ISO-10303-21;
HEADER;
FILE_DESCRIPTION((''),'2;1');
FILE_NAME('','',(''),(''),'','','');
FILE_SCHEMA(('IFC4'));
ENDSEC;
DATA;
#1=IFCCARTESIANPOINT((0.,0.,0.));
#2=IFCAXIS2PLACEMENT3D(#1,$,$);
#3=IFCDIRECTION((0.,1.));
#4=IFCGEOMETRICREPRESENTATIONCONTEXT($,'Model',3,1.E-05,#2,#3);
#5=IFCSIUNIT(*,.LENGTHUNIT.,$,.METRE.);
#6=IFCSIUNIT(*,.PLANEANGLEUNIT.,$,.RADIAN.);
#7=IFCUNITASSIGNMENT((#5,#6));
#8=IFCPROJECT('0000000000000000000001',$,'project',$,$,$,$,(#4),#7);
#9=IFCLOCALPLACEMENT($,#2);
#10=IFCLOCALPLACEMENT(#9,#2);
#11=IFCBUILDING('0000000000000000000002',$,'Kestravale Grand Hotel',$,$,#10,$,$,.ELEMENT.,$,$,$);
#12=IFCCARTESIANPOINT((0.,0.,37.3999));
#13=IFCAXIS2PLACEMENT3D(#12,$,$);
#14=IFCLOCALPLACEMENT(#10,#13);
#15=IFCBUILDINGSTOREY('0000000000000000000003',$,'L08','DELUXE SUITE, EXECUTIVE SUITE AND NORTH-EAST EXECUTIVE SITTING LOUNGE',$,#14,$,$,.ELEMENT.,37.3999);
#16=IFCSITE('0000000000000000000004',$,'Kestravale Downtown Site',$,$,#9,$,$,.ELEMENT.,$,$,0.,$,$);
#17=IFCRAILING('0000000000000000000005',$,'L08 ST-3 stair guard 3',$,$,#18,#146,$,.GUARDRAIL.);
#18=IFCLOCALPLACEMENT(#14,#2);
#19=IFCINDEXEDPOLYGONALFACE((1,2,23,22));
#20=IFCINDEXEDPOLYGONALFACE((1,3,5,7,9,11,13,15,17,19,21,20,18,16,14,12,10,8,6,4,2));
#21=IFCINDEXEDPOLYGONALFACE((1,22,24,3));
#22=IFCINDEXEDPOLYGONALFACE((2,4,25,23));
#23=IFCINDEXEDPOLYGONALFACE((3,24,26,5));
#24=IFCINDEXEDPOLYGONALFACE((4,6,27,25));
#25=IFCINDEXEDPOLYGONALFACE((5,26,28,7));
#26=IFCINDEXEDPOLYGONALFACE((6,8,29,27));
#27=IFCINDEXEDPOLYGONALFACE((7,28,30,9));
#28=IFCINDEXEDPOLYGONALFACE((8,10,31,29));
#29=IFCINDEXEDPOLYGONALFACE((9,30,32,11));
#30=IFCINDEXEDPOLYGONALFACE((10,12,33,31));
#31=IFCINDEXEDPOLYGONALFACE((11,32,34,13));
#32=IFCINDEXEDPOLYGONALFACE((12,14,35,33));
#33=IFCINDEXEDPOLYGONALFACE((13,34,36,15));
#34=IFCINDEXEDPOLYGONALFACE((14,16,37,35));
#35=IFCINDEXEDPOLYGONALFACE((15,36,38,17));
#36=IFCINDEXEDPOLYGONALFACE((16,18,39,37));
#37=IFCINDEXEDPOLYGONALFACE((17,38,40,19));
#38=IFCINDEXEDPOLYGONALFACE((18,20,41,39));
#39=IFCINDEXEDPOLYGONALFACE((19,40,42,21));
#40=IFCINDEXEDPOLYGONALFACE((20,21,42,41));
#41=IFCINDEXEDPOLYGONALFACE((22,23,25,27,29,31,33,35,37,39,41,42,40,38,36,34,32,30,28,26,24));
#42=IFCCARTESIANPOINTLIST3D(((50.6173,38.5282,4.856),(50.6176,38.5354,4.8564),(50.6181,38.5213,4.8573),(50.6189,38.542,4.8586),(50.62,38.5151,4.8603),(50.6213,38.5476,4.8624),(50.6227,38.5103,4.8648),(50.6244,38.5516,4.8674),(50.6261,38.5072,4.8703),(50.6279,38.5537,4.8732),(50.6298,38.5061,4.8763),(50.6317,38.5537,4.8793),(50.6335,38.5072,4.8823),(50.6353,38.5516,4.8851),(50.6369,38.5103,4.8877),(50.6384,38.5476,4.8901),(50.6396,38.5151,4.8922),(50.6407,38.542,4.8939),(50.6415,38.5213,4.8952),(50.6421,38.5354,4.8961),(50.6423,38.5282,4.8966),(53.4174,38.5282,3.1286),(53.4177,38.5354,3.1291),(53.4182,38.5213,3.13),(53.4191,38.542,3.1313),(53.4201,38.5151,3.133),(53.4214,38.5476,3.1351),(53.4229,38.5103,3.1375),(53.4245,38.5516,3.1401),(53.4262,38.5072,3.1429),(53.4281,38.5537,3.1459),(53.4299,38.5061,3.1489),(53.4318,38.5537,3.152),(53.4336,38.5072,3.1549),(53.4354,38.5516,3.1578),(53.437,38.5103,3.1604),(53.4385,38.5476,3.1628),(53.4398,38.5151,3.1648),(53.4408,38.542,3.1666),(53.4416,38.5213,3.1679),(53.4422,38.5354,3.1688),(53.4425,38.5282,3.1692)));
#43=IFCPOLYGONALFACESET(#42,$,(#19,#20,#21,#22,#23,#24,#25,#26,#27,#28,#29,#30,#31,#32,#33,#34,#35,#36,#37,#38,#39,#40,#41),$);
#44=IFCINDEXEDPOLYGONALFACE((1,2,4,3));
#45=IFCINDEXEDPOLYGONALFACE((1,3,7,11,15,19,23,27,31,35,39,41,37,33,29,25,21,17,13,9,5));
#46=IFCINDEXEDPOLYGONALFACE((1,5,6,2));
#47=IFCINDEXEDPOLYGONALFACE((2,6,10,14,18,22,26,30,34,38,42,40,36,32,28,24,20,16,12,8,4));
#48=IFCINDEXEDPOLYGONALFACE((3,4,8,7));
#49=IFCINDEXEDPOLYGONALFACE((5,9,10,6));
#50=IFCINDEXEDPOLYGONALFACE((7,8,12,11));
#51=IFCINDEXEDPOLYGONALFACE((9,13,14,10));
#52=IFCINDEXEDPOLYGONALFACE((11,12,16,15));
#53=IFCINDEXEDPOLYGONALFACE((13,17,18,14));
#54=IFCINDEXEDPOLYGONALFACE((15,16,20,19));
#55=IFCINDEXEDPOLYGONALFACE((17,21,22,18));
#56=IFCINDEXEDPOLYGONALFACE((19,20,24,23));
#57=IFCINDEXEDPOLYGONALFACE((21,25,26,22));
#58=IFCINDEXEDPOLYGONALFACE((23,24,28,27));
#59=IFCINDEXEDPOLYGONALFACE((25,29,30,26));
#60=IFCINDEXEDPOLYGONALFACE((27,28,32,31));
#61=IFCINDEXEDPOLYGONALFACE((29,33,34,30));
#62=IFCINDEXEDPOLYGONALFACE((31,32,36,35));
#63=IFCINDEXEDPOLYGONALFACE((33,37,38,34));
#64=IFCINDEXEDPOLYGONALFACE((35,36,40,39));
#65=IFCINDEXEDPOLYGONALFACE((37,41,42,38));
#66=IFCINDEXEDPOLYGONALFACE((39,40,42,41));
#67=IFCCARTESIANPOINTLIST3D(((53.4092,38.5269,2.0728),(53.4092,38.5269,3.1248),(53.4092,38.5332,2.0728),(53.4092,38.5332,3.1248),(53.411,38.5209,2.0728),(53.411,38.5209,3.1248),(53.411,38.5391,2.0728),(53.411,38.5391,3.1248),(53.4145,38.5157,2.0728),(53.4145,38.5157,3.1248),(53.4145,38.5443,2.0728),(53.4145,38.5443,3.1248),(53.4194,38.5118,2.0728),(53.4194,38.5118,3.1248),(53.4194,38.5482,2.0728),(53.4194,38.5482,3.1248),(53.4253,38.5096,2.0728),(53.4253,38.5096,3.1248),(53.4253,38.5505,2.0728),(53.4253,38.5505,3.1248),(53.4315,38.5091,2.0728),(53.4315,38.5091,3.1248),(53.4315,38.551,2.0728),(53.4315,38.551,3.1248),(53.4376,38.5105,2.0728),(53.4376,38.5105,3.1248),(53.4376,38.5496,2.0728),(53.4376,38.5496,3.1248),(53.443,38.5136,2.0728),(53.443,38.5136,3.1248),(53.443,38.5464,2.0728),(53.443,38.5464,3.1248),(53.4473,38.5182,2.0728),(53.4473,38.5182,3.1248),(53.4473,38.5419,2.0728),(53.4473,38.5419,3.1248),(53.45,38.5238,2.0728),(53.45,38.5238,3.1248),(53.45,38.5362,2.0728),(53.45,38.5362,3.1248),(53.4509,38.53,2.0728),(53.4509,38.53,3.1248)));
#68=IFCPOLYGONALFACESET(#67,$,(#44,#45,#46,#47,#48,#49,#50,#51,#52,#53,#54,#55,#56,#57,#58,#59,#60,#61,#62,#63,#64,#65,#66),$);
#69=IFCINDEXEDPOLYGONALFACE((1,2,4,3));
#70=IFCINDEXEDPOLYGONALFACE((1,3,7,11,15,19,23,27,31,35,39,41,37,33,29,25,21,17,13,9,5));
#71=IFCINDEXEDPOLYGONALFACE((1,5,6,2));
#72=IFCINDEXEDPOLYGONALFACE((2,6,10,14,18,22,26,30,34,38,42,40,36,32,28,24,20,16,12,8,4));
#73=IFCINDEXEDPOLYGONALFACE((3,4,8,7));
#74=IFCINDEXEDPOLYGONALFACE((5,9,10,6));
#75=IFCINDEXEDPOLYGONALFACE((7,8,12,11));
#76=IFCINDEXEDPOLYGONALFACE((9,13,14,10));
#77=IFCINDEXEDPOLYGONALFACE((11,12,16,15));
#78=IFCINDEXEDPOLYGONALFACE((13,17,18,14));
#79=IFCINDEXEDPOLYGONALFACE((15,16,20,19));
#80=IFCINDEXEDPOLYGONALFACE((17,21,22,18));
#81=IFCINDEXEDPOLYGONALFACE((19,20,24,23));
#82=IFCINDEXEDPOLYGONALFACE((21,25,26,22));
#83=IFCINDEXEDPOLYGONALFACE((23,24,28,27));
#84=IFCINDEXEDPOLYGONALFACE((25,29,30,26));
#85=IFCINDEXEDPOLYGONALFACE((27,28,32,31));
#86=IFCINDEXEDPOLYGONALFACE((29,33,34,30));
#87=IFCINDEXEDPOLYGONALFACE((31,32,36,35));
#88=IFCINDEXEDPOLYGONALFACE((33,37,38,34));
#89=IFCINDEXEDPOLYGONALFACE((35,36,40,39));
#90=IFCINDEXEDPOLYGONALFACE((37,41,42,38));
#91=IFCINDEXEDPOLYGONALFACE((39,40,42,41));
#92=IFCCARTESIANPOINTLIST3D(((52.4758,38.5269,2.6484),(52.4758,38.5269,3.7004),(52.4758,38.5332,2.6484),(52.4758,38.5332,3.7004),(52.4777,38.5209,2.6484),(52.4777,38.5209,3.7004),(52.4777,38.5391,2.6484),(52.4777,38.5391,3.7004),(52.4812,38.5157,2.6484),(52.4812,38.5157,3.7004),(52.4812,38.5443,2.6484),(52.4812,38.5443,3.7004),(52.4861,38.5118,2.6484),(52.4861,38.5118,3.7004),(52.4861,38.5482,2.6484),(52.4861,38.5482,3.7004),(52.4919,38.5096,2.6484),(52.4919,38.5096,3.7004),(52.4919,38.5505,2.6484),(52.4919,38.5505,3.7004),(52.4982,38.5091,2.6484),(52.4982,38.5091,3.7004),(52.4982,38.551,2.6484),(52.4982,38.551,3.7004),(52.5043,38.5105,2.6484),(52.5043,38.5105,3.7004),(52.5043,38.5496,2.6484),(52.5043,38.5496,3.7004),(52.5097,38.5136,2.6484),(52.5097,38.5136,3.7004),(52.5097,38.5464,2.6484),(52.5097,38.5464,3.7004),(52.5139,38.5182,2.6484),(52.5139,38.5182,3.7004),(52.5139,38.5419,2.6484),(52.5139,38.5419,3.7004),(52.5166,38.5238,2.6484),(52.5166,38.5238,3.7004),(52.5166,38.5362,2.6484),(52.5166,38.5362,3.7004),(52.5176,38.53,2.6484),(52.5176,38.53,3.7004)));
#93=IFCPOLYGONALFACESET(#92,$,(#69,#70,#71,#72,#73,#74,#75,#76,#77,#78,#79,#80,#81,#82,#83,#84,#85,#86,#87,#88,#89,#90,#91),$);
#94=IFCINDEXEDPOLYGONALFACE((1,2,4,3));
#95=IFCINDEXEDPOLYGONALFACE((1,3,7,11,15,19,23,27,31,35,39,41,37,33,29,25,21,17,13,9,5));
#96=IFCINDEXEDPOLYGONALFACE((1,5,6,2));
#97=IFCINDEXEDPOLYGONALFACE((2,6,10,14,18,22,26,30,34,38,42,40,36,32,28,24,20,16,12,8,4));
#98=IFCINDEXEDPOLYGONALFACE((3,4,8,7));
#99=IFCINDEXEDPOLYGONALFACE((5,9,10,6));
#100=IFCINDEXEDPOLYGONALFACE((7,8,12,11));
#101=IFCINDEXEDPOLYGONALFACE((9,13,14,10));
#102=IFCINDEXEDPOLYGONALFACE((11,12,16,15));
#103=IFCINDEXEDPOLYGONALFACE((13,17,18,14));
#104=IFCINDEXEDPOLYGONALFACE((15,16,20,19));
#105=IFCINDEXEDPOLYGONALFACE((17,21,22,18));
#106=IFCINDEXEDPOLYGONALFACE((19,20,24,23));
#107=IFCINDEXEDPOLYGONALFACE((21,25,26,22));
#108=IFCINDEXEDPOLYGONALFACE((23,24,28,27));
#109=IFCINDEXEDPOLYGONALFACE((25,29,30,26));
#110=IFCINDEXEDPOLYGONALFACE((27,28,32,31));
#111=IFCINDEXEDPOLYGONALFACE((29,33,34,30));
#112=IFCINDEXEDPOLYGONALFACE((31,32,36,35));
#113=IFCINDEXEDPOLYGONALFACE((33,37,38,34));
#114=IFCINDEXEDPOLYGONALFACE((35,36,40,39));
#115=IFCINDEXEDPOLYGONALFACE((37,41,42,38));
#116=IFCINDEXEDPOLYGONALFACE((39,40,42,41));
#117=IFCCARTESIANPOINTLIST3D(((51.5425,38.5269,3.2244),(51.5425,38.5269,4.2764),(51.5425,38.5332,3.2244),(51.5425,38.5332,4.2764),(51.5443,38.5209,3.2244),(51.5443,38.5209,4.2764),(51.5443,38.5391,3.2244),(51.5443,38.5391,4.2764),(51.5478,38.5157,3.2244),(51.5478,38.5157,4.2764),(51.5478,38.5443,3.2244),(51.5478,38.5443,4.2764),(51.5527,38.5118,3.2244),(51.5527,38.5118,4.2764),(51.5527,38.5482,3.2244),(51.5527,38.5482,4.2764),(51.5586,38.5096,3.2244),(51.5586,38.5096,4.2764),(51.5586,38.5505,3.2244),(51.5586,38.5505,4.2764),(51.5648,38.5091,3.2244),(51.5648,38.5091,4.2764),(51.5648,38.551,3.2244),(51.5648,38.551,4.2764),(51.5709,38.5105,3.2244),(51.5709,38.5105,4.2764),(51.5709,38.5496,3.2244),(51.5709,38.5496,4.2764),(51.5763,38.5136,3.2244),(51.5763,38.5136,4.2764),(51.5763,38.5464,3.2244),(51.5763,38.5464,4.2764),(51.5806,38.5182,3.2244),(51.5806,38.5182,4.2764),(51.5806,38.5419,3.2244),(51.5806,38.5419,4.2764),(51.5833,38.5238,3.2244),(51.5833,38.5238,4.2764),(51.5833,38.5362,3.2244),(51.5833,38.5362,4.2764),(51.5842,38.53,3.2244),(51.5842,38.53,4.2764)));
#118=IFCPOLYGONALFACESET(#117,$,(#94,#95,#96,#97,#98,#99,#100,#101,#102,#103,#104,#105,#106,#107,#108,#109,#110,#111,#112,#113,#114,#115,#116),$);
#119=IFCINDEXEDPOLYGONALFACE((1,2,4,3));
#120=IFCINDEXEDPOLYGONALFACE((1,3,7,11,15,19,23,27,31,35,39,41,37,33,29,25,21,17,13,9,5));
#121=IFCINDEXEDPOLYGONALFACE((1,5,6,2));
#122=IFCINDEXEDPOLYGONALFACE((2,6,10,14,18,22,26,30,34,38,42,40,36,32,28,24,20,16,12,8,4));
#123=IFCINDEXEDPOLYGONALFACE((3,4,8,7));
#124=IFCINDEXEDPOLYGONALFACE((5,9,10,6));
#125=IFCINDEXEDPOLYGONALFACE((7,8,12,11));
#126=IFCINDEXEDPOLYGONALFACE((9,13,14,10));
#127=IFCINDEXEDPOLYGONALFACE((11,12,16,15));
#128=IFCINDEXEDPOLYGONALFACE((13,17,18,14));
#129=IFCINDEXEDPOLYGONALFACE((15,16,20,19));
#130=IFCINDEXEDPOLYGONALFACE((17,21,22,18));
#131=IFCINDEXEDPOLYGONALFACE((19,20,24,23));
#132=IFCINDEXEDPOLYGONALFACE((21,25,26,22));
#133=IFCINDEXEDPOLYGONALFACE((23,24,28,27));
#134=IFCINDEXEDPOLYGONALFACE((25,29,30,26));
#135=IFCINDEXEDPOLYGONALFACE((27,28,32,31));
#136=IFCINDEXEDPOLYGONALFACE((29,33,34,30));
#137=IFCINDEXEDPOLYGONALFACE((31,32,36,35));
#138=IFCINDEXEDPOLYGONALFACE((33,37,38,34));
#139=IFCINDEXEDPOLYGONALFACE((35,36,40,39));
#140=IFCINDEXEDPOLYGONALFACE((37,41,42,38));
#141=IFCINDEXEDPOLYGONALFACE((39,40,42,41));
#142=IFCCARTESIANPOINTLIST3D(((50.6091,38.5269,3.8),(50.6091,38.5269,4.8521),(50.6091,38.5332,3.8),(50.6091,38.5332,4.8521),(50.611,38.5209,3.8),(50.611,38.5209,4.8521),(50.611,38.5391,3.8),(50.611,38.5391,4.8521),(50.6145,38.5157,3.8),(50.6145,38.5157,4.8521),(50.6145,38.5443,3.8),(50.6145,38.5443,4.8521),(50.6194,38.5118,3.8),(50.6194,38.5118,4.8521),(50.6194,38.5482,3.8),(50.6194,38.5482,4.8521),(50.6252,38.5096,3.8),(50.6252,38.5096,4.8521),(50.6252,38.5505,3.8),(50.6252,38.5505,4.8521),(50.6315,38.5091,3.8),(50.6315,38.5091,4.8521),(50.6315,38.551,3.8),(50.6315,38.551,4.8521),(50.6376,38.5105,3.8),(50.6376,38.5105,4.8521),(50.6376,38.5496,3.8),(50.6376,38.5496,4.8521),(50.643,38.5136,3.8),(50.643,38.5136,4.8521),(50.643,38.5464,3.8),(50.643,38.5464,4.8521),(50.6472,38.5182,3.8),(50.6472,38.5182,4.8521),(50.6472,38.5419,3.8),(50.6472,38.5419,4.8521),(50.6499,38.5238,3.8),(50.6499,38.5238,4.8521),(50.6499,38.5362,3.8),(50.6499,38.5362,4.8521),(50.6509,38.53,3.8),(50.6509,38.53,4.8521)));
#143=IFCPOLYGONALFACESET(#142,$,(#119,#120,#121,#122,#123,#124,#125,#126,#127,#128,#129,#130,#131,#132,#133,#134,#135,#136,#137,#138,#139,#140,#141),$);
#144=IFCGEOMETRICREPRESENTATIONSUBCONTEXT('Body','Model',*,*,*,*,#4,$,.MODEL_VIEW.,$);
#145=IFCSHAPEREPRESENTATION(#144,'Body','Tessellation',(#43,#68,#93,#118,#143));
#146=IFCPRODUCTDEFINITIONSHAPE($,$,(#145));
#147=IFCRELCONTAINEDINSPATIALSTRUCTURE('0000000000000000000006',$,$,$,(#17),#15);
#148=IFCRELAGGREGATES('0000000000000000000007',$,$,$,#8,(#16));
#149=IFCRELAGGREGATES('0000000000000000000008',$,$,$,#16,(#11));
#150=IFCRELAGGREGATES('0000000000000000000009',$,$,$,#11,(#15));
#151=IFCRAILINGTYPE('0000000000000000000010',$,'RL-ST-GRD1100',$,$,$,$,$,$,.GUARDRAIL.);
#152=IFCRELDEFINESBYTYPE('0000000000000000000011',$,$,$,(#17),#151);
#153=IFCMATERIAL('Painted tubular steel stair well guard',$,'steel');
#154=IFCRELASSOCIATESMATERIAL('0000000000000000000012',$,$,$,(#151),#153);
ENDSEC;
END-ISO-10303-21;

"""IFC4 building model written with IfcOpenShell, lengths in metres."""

from ifc_helpers import new_model, si_unit, direction, frame, origin, origin_2d, place, context, subcontext, project, spatial, circle, extrude, material, type_object, element, save


model = new_model("IFC4")

# Units and contexts
model_context = context("Model", 3, precision=1e-05, world=origin(), true_north=direction((0.0, 1.0)))
body_context = subcontext(model_context, "Body", "Model", "MODEL_VIEW")
ifc_project = project(units=[si_unit("LENGTHUNIT", "METRE"), si_unit("PLANEANGLEUNIT", "RADIAN")], contexts=[model_context])

# Site, building, storey
site_placement = place(None, origin())
site = spatial("IfcSite", under=ifc_project, at=site_placement, Name="Kestravale Downtown Site", CompositionType="ELEMENT", RefElevation=0.0)
building_placement = place(site_placement, origin())
building = spatial("IfcBuilding", under=site, at=building_placement, Name="Kestravale Grand Hotel", CompositionType="ELEMENT")
storey_placement = place(building_placement, frame((0.0, 0.0, 37.3999)))
storey = spatial("IfcBuildingStorey", under=building, at=storey_placement, Name="L08", Description="DELUXE SUITE, EXECUTIVE SUITE AND NORTH-EAST EXECUTIVE SITTING LOUNGE", CompositionType="ELEMENT", Elevation=37.3999)

# Railing
ifc_material_1 = material(Name="Painted tubular steel stair well guard", Category="steel")
railing_type_1 = type_object("IfcRailingType", Name="RL-ST-GRD1100", PredefinedType="GUARDRAIL", material=ifc_material_1)
railing_1_placement = place(storey_placement, frame((53.4299, 38.53, 2.0728)))
element("IfcRailing", 1, at=railing_1_placement, inside=storey, type_object=railing_type_1, Name="L08 ST-3 stair guard 3", PredefinedType="GUARDRAIL", context=body_context, shape_type="SweptSolid", body=[
    extrude(circle(Radius=0.0239, at=origin_2d()), frame((0.0, 0.0, 1.0762), z_axis=(-0.85109, 0.0, 0.52502), x_axis=(0.0, -1.0, 0.0)), (0.0, 0.0, 1.0), 3.29),
    extrude(circle(Radius=0.021, at=origin_2d()), origin(), (0.0, 0.0, 1.0), 1.052),
    extrude(circle(Radius=0.021, at=origin_2d()), frame((-0.9333, 0.0, 0.5757)), (0.0, 0.0, 1.0), 1.052),
    extrude(circle(Radius=0.021, at=origin_2d()), frame((-1.8667, 0.0, 1.1516)), (0.0, 0.0, 1.0), 1.052),
    extrude(circle(Radius=0.021, at=origin_2d()), frame((-2.8, 0.0, 1.7273)), (0.0, 0.0, 1.0), 1.052),
])

save(model, "model.ifc")
